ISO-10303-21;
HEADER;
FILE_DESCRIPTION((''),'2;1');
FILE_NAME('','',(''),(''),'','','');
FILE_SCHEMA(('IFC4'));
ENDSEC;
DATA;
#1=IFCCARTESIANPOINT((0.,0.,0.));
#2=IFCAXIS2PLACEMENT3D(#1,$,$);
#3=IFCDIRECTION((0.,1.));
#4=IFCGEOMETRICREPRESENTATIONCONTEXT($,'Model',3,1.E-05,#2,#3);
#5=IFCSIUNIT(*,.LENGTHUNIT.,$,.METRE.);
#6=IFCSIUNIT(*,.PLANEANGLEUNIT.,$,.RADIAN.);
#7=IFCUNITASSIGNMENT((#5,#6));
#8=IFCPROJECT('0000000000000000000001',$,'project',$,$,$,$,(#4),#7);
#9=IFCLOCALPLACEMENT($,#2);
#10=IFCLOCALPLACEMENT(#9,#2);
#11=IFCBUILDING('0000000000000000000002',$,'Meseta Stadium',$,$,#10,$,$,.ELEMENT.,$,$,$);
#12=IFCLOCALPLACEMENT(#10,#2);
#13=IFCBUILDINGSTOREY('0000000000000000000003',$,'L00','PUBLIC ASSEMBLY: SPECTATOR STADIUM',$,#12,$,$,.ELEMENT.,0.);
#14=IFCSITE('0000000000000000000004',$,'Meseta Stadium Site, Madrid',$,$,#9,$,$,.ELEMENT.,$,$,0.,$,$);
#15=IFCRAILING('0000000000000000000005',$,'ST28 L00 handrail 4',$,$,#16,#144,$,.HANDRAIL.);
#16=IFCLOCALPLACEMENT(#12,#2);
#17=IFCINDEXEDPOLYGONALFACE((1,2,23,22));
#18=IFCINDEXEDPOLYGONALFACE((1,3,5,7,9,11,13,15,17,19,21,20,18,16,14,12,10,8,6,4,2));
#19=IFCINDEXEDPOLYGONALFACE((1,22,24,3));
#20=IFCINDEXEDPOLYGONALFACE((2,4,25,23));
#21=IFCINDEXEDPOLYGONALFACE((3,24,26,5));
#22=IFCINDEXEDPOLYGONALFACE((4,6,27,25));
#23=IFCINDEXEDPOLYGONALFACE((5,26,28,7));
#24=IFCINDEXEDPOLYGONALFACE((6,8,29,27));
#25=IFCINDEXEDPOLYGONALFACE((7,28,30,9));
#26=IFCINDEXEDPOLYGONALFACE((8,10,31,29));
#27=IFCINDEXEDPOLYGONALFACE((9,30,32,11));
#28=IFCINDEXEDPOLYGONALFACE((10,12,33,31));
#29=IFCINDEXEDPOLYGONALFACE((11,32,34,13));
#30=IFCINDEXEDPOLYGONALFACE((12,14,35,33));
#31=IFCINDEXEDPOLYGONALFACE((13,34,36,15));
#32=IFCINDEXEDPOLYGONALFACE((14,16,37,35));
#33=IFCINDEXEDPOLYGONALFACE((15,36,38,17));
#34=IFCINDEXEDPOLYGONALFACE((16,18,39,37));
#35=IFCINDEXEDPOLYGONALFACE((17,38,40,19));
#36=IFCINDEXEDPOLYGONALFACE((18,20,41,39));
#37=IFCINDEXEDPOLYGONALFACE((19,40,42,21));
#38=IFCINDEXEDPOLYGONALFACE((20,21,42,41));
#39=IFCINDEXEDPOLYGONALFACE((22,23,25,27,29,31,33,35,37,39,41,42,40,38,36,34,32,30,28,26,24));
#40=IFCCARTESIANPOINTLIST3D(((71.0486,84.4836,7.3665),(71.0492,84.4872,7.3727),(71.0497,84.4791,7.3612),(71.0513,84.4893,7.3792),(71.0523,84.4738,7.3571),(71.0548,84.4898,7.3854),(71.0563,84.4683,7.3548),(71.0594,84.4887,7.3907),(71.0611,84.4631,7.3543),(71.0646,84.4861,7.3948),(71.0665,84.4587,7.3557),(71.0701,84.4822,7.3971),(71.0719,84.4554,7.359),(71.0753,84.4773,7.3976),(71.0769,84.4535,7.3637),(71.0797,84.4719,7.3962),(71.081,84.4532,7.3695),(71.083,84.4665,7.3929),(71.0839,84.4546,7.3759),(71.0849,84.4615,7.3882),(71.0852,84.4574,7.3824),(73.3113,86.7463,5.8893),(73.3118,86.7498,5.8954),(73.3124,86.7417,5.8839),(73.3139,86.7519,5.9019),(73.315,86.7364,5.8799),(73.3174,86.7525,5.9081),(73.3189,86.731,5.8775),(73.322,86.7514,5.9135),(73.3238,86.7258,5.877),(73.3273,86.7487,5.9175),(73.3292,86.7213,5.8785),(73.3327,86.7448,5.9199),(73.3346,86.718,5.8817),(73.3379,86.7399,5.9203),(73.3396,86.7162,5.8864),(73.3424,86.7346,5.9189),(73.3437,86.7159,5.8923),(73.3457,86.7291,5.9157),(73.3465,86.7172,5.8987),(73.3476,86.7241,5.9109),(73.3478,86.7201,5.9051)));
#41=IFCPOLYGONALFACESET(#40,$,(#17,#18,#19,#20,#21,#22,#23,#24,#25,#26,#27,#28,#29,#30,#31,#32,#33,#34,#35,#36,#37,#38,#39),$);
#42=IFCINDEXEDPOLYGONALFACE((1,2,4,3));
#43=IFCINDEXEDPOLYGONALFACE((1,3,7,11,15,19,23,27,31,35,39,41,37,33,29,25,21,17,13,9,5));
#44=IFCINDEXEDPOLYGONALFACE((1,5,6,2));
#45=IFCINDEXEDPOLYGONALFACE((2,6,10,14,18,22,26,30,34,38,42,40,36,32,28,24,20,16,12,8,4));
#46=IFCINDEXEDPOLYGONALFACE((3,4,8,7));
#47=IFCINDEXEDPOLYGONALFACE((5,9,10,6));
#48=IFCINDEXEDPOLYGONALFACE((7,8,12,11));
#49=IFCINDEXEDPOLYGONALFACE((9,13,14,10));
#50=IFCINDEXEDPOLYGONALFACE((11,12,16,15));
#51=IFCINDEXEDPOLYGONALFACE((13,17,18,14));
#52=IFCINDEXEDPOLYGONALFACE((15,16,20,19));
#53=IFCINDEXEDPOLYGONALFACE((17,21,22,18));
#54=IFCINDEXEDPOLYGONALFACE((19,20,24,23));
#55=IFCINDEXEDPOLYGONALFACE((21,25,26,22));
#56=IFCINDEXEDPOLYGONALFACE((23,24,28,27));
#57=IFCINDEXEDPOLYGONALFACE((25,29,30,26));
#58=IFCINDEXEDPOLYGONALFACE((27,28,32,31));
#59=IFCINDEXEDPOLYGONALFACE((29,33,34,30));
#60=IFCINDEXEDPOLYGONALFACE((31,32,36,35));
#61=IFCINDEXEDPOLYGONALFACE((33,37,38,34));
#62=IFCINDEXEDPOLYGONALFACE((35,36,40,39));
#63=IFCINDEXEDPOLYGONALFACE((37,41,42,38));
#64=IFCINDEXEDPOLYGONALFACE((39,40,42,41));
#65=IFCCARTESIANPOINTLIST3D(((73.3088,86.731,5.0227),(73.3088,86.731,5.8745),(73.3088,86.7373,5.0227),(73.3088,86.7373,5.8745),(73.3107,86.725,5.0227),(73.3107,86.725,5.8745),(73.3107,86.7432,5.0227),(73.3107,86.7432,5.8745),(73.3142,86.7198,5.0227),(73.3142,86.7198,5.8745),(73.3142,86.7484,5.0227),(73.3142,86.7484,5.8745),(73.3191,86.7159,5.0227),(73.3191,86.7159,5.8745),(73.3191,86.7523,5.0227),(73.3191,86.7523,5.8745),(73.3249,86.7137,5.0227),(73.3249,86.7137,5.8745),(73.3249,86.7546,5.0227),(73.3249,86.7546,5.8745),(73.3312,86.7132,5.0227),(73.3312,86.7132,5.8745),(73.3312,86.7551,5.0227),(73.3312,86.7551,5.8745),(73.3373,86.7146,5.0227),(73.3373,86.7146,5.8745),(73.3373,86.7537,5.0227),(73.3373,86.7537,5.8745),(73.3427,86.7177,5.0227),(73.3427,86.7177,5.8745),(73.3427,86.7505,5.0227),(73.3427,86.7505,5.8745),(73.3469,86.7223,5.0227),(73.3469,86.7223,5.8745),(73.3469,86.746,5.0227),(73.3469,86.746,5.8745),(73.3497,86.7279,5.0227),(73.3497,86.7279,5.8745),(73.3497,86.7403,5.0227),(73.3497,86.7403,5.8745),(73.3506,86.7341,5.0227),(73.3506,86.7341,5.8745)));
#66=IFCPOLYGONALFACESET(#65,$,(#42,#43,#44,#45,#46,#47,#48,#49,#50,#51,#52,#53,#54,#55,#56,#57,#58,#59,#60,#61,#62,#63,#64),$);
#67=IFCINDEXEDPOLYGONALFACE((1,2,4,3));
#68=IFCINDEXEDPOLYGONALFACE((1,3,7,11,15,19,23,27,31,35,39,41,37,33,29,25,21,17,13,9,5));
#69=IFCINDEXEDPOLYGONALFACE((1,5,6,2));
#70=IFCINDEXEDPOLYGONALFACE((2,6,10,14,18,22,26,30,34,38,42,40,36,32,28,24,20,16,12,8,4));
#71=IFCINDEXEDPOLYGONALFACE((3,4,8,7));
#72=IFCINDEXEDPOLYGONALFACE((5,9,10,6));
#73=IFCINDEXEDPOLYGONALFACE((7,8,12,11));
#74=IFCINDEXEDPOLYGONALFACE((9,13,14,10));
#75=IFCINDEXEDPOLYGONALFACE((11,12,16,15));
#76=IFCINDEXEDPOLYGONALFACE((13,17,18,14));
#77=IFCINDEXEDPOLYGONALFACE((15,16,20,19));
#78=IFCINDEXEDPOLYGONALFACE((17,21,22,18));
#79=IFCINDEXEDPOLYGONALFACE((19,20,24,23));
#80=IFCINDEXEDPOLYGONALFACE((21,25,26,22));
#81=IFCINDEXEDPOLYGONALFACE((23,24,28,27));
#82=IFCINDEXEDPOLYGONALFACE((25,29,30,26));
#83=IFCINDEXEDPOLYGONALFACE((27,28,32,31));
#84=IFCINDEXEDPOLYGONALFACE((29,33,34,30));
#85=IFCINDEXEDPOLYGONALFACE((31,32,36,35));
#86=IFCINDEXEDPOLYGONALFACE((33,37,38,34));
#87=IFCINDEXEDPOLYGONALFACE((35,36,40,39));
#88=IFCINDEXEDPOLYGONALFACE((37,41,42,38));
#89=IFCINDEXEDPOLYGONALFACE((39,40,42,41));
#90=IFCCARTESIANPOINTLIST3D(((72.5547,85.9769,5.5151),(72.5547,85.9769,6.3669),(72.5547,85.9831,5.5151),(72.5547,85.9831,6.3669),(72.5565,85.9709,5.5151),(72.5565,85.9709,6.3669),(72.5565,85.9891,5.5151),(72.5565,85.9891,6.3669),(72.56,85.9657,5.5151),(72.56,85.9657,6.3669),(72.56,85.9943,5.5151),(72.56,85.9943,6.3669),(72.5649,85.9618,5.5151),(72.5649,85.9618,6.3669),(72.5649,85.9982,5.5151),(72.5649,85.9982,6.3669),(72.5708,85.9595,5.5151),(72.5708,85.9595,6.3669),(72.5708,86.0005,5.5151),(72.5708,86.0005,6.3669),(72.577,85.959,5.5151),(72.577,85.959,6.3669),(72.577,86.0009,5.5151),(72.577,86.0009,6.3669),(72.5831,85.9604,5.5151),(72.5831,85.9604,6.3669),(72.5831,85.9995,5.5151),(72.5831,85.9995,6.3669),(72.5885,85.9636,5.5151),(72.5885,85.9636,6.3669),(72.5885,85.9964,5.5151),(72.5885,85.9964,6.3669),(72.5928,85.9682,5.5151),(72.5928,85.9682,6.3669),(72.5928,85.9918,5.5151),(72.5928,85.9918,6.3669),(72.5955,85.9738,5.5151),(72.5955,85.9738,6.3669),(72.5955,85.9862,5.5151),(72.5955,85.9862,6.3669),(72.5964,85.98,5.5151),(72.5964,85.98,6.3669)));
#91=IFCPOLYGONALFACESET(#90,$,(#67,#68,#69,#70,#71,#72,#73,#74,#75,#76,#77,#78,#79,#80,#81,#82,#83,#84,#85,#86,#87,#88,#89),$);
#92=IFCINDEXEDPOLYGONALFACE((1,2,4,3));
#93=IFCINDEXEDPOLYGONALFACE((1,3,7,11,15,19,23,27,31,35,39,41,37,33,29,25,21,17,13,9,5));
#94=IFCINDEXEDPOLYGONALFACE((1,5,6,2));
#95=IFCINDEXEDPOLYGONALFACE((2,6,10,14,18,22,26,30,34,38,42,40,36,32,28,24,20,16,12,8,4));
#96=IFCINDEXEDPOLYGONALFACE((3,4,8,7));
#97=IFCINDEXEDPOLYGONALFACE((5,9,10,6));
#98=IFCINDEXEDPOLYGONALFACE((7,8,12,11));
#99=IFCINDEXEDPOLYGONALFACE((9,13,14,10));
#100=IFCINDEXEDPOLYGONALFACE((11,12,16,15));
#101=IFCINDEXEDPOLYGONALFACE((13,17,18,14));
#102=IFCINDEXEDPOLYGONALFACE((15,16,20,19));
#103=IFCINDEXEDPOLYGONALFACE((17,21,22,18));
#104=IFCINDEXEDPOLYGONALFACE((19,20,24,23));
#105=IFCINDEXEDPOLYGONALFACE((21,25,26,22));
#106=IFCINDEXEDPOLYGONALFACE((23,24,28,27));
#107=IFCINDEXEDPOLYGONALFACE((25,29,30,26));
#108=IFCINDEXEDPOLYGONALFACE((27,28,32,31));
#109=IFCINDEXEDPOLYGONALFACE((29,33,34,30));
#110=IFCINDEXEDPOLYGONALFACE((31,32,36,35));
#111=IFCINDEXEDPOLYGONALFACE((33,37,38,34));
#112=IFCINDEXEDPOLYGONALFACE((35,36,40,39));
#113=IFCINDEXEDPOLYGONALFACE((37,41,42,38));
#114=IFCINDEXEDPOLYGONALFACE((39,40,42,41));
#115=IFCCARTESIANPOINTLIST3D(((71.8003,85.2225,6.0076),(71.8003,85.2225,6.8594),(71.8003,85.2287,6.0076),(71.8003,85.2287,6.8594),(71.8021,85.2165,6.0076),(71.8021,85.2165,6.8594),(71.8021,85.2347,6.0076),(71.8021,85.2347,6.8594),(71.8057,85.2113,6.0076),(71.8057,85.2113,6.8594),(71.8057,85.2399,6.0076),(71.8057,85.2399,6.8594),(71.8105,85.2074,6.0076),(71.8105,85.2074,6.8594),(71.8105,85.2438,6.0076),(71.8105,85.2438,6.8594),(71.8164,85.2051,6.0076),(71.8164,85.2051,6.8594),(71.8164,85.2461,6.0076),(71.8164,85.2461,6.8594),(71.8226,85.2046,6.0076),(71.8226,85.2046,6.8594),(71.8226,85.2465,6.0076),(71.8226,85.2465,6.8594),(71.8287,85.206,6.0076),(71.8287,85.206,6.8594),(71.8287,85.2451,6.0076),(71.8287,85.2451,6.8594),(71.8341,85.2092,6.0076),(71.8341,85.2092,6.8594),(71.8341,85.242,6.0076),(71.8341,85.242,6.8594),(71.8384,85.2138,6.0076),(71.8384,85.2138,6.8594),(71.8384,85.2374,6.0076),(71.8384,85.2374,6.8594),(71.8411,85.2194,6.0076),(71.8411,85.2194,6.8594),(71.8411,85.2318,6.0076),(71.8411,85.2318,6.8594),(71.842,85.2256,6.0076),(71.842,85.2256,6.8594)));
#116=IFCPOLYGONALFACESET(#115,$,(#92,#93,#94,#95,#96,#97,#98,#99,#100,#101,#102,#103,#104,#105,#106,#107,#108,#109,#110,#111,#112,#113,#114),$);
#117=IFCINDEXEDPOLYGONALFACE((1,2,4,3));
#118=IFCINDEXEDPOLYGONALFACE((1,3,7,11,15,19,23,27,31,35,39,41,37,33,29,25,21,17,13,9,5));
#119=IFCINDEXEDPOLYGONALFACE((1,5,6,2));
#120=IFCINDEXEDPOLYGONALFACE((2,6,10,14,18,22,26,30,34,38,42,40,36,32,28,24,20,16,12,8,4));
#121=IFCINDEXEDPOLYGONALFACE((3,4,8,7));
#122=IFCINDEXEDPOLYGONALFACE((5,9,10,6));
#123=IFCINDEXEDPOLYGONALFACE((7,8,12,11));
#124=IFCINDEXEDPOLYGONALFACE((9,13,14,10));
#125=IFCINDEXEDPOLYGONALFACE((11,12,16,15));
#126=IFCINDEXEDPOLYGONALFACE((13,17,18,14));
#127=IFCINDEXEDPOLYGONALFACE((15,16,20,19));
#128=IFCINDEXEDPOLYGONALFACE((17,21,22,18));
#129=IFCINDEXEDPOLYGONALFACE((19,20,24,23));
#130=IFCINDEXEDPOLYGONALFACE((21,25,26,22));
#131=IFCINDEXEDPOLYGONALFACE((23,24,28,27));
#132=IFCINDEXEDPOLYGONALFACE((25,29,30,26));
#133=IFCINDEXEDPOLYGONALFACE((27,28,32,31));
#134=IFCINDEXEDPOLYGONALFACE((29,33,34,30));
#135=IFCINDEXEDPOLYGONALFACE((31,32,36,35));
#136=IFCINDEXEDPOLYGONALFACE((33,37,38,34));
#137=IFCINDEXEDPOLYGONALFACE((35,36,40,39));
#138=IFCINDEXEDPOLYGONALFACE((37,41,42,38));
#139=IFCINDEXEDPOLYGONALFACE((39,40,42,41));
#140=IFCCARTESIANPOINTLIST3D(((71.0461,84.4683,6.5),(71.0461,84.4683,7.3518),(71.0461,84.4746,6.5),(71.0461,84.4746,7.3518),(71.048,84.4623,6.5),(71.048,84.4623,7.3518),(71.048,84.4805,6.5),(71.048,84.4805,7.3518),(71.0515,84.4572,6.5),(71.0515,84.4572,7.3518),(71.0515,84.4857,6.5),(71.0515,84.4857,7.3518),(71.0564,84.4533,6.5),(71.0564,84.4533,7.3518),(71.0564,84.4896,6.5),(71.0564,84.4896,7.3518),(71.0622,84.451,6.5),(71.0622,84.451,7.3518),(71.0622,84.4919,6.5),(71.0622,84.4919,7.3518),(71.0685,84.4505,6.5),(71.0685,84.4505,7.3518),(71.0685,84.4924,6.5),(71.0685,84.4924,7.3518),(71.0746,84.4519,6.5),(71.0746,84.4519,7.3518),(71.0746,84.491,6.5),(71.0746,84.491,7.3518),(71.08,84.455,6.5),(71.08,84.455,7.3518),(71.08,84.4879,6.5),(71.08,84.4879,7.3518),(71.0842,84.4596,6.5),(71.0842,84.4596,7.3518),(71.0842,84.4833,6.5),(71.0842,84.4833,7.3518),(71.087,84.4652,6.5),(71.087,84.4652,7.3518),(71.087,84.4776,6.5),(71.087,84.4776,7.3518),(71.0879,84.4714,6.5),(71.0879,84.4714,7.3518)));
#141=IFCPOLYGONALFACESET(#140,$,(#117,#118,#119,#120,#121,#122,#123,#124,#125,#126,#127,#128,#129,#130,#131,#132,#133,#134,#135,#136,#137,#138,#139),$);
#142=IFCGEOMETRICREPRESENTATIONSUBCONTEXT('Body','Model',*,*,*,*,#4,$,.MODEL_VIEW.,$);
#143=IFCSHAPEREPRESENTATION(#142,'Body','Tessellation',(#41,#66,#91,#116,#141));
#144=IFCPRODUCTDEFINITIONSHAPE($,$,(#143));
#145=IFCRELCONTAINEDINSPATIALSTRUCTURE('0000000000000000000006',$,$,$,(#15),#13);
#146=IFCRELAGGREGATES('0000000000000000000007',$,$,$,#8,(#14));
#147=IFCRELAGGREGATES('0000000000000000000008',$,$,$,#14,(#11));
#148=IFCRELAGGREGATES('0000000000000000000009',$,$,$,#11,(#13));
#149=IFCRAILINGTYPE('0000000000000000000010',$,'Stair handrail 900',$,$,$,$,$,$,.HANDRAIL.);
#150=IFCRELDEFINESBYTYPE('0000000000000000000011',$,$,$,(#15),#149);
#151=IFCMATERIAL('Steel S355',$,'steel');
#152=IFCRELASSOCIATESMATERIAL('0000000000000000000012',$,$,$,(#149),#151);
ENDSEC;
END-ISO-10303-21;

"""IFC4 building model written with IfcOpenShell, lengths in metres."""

from ifc_helpers import new_model, si_unit, direction, frame, origin, origin_2d, place, context, subcontext, project, spatial, circle, extrude, material, type_object, element, save


model = new_model("IFC4")

# Units and contexts
model_context = context("Model", 3, precision=1e-05, world=origin(), true_north=direction((0.0, 1.0)))
body_context = subcontext(model_context, "Body", "Model", "MODEL_VIEW")
ifc_project = project(units=[si_unit("LENGTHUNIT", "METRE"), si_unit("PLANEANGLEUNIT", "RADIAN")], contexts=[model_context])

# Site, building, storey
site_placement = place(None, origin())
site = spatial("IfcSite", under=ifc_project, at=site_placement, Name="Meseta Stadium Site, Madrid", CompositionType="ELEMENT", RefElevation=0.0)
building_placement = place(site_placement, origin())
building = spatial("IfcBuilding", under=site, at=building_placement, Name="Meseta Stadium", CompositionType="ELEMENT")
storey_placement = place(building_placement, origin())
storey = spatial("IfcBuildingStorey", under=building, at=storey_placement, Name="L00", Description="PUBLIC ASSEMBLY: SPECTATOR STADIUM", CompositionType="ELEMENT", Elevation=0.0)

# Railing
ifc_material_1 = material(Name="Steel S355", Category="steel")
railing_type_1 = type_object("IfcRailingType", Name="Stair handrail 900", PredefinedType="HANDRAIL", material=ifc_material_1)
for number, where, name in (
    (1, (73.3296, 86.7341, 5.0227), "ST28 L00 handrail 4"),
):
    element("IfcRailing", number, at=place(storey_placement, frame(where)), inside=storey, type_object=railing_type_1, Name=name, PredefinedType="HANDRAIL", context=body_context, shape_type="SweptSolid", body=[
        extrude(circle(Radius=0.0239, at=origin_2d()), frame((0.0, 0.0, 0.876), z_axis=(-0.641994, -0.641994, 0.419152), x_axis=(0.707107, -0.707107, 0.0)), (0.0, 0.0, 1.0), 3.5244),
        extrude(circle(Radius=0.021, at=origin_2d()), origin(), (0.0, 0.0, 1.0), 0.8518),
        extrude(circle(Radius=0.021, at=origin_2d()), frame((-0.7542, -0.7542, 0.4924)), (0.0, 0.0, 1.0), 0.8518),
        extrude(circle(Radius=0.021, at=origin_2d()), frame((-1.5085, -1.5085, 0.9849)), (0.0, 0.0, 1.0), 0.8518),
        extrude(circle(Radius=0.021, at=origin_2d()), frame((-2.2627, -2.2627, 1.4773)), (0.0, 0.0, 1.0), 0.8518),
    ])

save(model, "model.ifc")
